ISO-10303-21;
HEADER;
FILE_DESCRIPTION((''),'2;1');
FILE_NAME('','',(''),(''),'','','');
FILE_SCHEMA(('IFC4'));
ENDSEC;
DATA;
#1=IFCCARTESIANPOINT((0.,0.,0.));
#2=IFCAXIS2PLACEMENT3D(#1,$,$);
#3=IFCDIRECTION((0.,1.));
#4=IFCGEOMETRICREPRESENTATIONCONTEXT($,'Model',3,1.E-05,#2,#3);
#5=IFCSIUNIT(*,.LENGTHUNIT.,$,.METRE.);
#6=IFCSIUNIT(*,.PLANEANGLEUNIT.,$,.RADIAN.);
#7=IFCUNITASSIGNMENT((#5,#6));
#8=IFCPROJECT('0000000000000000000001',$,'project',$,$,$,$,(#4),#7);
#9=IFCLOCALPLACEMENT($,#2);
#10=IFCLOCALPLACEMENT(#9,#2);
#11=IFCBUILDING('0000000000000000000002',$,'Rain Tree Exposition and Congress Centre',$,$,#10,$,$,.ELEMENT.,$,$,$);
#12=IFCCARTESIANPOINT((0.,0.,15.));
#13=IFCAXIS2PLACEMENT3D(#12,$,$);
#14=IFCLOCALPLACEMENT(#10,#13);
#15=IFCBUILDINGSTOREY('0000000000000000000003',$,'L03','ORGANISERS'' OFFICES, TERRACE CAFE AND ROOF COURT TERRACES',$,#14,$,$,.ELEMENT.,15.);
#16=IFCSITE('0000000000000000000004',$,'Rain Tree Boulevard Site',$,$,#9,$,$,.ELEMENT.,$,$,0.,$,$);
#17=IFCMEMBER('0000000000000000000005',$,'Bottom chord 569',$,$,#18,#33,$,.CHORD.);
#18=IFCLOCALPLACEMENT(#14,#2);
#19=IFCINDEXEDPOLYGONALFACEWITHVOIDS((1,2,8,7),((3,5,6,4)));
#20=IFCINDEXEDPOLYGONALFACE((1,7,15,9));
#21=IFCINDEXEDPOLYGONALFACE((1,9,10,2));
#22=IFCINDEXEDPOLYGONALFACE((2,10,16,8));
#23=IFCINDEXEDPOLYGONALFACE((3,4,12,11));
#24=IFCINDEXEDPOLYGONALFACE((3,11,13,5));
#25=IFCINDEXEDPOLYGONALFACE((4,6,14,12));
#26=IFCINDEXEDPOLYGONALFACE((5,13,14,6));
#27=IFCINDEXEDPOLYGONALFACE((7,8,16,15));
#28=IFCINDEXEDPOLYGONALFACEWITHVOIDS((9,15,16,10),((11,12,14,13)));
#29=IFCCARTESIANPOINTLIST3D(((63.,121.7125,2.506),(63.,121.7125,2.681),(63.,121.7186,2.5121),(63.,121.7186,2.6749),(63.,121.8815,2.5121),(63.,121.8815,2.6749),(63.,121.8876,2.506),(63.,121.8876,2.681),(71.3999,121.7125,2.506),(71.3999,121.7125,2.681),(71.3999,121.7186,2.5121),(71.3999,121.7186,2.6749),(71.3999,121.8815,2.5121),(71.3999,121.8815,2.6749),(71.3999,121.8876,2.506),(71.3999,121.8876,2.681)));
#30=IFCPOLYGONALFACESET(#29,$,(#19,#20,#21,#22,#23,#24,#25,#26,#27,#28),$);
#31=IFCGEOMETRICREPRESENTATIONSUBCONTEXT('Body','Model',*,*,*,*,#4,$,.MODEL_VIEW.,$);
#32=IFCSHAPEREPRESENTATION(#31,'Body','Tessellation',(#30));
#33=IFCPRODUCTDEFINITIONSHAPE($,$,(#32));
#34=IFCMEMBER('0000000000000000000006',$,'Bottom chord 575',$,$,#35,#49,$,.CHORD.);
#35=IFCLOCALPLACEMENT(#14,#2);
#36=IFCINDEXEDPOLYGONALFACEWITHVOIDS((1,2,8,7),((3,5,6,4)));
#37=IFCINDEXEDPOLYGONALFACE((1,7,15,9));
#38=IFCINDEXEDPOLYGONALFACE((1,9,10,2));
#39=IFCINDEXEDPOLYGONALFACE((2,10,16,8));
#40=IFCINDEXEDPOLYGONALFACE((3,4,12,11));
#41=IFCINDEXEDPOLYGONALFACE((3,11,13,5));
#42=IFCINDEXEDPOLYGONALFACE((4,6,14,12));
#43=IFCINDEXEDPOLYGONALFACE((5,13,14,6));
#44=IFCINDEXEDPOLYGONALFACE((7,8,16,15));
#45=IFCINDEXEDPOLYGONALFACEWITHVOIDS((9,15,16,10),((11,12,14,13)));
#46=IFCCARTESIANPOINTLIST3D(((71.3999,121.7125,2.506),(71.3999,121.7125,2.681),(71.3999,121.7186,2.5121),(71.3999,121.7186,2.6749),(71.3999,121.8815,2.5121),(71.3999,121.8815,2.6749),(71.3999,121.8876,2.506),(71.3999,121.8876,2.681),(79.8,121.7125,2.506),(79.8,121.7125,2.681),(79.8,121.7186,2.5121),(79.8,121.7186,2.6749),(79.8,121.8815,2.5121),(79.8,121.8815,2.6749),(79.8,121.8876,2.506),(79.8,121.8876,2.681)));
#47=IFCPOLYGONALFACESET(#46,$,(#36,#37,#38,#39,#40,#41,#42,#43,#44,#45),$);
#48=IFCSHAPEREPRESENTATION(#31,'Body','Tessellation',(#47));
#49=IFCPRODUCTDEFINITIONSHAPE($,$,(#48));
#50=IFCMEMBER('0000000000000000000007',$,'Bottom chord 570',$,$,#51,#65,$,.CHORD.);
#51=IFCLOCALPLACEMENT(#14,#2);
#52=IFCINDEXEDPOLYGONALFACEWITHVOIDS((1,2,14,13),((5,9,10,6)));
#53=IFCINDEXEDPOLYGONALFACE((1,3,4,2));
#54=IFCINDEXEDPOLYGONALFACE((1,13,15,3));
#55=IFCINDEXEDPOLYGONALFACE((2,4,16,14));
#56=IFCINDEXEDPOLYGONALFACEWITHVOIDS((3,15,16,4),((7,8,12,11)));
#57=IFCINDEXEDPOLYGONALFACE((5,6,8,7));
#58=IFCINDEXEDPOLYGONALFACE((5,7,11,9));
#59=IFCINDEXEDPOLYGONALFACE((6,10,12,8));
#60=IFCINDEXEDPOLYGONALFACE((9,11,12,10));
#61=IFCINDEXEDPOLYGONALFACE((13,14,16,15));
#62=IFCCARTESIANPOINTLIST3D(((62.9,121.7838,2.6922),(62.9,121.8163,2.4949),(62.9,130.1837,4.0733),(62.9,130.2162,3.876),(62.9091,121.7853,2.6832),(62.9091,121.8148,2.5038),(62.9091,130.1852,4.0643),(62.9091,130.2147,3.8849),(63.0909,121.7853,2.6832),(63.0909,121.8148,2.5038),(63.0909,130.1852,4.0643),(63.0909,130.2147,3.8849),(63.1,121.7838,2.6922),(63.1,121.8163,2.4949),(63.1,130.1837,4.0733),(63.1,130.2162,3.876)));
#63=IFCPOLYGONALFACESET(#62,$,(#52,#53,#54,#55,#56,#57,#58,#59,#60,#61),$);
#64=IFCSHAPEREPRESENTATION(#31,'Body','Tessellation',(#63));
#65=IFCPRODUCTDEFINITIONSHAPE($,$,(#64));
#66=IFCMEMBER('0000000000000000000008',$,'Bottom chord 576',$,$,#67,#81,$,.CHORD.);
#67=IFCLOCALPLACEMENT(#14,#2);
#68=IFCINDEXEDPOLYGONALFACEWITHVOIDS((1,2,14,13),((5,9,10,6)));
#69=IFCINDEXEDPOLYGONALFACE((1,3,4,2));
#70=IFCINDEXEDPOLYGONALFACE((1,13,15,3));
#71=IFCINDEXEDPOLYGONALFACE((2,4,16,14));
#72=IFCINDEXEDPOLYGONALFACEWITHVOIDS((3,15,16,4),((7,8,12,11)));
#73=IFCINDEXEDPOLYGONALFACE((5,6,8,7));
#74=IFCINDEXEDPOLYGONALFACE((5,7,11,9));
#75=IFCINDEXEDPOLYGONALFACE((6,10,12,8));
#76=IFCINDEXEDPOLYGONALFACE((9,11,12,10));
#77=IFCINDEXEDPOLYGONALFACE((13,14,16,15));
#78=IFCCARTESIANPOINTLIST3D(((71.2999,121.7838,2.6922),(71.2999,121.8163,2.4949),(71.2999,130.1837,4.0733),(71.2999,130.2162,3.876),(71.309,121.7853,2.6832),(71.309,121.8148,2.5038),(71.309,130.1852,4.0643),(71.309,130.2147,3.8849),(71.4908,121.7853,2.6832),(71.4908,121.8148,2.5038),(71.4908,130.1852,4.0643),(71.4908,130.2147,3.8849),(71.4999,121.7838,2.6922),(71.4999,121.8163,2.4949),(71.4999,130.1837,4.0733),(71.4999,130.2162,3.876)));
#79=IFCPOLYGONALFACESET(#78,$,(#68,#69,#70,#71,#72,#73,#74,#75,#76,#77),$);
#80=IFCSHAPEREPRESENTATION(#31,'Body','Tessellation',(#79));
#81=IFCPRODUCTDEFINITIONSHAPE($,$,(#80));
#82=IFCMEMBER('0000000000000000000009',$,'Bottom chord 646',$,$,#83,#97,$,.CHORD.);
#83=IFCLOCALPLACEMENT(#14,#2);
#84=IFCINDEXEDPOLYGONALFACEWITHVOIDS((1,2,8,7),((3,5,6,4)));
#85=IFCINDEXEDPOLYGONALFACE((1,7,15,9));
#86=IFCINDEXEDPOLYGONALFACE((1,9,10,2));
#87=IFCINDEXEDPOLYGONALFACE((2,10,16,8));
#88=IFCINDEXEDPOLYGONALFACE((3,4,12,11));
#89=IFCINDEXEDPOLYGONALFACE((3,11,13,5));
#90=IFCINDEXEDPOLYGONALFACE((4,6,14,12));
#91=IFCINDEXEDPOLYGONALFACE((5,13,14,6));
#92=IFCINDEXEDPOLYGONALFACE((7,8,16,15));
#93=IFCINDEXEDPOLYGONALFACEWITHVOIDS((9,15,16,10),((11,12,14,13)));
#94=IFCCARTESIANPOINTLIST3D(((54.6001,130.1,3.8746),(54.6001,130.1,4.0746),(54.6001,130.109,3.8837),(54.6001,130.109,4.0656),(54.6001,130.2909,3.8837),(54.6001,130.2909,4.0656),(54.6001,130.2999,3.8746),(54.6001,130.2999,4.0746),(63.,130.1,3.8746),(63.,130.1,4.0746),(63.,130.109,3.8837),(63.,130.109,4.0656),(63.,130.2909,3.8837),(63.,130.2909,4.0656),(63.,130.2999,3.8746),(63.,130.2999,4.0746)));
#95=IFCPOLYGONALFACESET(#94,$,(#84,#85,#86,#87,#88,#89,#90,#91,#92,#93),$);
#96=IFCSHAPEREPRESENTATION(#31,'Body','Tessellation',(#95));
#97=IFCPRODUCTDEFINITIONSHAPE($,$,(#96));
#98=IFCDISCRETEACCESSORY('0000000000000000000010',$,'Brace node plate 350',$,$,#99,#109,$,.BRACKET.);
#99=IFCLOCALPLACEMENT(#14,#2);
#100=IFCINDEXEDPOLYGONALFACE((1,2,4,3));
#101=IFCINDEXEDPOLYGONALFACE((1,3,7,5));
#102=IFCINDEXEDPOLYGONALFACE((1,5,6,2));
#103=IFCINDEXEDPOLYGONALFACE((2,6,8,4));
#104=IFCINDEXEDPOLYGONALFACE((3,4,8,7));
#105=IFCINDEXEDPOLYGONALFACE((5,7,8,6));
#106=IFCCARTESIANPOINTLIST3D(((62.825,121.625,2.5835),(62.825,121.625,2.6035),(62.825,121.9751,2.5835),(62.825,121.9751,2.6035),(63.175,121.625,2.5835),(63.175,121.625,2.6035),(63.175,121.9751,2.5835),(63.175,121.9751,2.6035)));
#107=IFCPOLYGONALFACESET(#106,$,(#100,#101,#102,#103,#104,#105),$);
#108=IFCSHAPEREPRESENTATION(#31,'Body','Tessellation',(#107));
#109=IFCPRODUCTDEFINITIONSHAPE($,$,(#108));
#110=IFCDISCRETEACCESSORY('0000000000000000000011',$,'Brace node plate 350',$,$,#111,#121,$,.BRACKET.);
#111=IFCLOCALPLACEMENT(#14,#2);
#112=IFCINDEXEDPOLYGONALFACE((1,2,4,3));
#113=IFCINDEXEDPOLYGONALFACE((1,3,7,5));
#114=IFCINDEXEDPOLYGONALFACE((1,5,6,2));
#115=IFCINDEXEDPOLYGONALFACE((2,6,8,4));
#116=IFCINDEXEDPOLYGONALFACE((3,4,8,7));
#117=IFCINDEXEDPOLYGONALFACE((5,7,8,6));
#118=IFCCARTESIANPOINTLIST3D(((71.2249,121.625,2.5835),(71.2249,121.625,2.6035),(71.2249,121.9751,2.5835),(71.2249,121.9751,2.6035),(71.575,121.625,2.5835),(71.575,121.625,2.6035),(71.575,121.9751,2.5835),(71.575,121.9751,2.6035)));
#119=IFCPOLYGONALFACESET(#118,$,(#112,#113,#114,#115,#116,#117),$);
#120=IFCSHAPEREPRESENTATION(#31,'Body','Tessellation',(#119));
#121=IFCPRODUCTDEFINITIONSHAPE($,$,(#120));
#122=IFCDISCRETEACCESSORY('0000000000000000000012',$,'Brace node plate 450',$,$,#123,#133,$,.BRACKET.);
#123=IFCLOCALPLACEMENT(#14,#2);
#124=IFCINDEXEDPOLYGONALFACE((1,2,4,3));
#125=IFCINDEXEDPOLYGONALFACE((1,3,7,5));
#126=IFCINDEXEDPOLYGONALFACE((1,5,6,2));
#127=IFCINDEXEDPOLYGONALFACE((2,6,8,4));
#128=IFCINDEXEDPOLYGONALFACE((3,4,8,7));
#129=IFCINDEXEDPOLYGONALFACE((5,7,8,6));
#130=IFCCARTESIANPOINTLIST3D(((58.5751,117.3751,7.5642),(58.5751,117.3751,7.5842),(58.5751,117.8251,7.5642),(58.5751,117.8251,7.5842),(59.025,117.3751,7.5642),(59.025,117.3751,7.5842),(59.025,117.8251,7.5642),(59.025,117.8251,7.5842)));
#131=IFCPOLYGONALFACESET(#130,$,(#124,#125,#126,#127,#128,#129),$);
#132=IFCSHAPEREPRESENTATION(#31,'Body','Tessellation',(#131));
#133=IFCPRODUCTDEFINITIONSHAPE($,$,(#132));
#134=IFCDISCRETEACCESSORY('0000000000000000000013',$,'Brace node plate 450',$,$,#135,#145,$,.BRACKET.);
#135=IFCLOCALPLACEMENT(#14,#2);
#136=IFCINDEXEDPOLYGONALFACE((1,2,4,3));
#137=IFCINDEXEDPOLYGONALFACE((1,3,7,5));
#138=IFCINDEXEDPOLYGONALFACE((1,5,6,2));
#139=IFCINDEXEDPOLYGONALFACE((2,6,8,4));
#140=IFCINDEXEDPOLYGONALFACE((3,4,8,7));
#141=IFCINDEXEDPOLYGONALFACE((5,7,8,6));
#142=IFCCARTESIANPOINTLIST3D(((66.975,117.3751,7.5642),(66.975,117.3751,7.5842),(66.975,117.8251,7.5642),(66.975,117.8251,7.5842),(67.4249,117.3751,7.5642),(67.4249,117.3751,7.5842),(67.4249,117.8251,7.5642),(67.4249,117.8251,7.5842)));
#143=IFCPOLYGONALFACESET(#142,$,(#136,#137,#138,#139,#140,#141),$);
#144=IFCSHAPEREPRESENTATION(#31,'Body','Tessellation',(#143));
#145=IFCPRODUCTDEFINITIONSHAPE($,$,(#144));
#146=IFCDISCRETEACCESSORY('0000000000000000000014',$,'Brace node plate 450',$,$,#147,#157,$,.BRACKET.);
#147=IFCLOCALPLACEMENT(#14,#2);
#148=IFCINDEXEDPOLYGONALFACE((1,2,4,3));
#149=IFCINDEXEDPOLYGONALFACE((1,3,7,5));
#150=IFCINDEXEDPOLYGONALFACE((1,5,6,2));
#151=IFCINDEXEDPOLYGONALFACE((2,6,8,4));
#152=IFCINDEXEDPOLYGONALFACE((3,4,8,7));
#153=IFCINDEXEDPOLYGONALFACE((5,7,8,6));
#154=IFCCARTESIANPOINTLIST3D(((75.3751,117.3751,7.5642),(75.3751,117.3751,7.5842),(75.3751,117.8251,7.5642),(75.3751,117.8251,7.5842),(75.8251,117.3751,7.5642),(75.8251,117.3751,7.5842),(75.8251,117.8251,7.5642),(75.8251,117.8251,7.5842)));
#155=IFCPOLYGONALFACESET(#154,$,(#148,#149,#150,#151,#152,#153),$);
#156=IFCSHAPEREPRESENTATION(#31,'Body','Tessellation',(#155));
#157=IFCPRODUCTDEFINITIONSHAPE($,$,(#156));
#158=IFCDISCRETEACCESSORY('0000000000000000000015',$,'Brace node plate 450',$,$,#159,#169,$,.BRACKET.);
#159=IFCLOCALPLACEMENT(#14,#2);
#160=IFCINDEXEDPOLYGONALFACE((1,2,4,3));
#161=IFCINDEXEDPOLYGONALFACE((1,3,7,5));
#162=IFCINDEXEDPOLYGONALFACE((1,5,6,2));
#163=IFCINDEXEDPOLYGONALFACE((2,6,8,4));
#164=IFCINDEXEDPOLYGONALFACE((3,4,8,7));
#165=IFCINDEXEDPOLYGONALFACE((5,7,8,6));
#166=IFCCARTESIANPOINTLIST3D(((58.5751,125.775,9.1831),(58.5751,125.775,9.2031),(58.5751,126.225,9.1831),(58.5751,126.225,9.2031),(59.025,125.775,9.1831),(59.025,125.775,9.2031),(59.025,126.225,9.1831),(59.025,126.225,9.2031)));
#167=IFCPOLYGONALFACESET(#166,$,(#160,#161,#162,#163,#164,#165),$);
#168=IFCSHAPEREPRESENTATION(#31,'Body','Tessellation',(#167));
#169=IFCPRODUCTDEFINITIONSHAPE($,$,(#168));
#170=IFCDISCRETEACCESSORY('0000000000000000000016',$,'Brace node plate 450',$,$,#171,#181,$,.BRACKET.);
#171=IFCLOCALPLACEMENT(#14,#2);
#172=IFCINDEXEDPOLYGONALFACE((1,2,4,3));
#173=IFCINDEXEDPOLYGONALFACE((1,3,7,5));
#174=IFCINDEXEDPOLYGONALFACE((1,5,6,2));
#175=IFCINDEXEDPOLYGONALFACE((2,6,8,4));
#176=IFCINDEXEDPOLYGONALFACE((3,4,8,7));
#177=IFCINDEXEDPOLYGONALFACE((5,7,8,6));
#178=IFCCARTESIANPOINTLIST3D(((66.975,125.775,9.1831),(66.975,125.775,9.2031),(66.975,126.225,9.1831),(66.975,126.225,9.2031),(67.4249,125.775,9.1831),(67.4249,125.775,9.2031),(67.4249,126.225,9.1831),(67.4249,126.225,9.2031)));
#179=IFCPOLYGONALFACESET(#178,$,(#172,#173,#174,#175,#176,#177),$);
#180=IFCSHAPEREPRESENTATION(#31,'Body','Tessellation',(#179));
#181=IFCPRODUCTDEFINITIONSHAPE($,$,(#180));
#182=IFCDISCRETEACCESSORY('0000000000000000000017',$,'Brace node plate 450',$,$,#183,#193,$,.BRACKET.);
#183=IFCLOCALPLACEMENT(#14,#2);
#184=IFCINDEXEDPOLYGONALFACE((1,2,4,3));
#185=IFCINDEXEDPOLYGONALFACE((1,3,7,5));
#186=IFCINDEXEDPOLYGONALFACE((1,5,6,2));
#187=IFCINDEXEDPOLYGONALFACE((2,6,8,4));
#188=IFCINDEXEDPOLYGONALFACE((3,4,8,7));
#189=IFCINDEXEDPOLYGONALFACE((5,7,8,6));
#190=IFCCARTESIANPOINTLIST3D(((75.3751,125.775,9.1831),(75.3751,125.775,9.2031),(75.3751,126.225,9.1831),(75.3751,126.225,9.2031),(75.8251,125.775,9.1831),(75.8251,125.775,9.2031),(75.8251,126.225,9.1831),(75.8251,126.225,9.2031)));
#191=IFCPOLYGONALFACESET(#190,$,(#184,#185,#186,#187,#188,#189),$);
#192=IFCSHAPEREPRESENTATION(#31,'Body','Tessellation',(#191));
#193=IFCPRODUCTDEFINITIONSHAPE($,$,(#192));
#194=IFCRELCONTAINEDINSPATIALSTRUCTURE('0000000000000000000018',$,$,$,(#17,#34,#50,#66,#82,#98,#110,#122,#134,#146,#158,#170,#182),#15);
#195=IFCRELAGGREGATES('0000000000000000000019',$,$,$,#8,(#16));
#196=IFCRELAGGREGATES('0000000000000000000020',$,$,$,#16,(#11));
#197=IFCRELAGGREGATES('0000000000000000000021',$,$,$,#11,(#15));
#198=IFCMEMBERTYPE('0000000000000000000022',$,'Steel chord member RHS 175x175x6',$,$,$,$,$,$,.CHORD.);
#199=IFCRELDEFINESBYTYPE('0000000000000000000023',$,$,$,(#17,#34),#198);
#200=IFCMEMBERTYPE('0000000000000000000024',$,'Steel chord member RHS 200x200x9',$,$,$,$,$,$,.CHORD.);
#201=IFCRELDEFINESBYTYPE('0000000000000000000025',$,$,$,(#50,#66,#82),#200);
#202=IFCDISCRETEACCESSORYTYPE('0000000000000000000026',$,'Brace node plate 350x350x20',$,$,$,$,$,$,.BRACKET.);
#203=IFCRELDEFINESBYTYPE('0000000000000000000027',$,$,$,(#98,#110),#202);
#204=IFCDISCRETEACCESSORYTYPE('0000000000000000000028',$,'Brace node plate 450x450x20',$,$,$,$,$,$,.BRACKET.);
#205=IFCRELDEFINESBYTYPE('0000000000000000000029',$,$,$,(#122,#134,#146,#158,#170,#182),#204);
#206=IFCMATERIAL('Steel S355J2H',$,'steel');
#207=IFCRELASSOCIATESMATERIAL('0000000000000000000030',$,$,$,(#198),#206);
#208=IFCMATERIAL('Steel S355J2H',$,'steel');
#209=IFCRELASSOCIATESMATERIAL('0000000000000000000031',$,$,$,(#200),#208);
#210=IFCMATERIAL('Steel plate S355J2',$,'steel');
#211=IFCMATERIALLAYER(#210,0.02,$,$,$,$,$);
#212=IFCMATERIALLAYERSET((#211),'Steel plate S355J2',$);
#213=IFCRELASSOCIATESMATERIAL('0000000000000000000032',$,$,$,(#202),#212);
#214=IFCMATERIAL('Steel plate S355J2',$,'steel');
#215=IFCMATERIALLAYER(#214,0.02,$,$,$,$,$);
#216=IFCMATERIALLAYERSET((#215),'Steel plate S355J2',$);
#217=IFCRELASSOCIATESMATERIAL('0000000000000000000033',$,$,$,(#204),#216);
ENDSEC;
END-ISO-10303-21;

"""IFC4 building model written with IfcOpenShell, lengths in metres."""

from ifc_helpers import new_model, si_unit, direction, frame, origin, origin_2d, place, context, subcontext, project, spatial, rectangle, hollow_rectangle, extrude, material, layer, layer_set, material_profile, profile_set, type_object, element, save


model = new_model("IFC4")

# Units and contexts
model_context = context("Model", 3, precision=1e-05, world=origin(), true_north=direction((0.0, 1.0)))
body_context = subcontext(model_context, "Body", "Model", "MODEL_VIEW")
ifc_project = project(units=[si_unit("LENGTHUNIT", "METRE"), si_unit("PLANEANGLEUNIT", "RADIAN")], contexts=[model_context])

# Site, building, storey
site_placement = place(None, origin())
site = spatial("IfcSite", under=ifc_project, at=site_placement, Name="Rain Tree Boulevard Site", CompositionType="ELEMENT", RefElevation=0.0)
building_placement = place(site_placement, origin())
building = spatial("IfcBuilding", under=site, at=building_placement, Name="Rain Tree Exposition and Congress Centre", CompositionType="ELEMENT")
storey_placement = place(building_placement, frame((0.0, 0.0, 15.0)))
storey = spatial("IfcBuildingStorey", under=building, at=storey_placement, Name="L03", Description="ORGANISERS' OFFICES, TERRACE CAFE AND ROOF COURT TERRACES", CompositionType="ELEMENT", Elevation=15.0)

# Members
ifc_material_1 = material(Name="Steel S355J2H", Category="steel")
ifc_material_profile_1 = material_profile(ifc_material_1, hollow_rectangle(XDim=0.175, YDim=0.175, WallThickness=0.0061, at=origin_2d()), Name="RHS 175x175x6")
ifc_profile_set_1 = profile_set([ifc_material_profile_1], Name="Steel S355J2H")
member_type_1 = type_object("IfcMemberType", Name="Steel chord member RHS 175x175x6", PredefinedType="CHORD", material=ifc_profile_set_1)
member_1_placement = place(storey_placement, frame((63.0, 121.8, 2.5935), z_axis=(1.0, 0.0, 0.0), x_axis=(0.0, 1.0, 0.0)))
element("IfcMember", 1, at=member_1_placement, inside=storey, type_object=member_type_1, Name="Bottom chord 569", PredefinedType="CHORD", context=body_context, shape_type="SweptSolid", body=[
    extrude(hollow_rectangle(XDim=0.175, YDim=0.175, WallThickness=0.0061, at=origin_2d()), origin(), (0.0, 0.0, 1.0), 8.3999),
])
member_2_placement = place(storey_placement, frame((71.3999, 121.8, 2.5935), z_axis=(1.0, 0.0, 0.0), x_axis=(0.0, 1.0, 0.0)))
element("IfcMember", 2, at=member_2_placement, inside=storey, type_object=member_type_1, Name="Bottom chord 575", PredefinedType="CHORD", context=body_context, shape_type="SweptSolid", body=[
    extrude(hollow_rectangle(XDim=0.175, YDim=0.175, WallThickness=0.0061, at=origin_2d()), origin(), (0.0, 0.0, 1.0), 8.4001),
])
ifc_material_2 = material(Name="Steel S355J2H", Category="steel")
ifc_material_profile_2 = material_profile(ifc_material_2, hollow_rectangle(XDim=0.2, YDim=0.2, WallThickness=0.009, at=origin_2d()), Name="RHS 200x200x9")
ifc_profile_set_2 = profile_set([ifc_material_profile_2], Name="Steel S355J2H")
member_type_2 = type_object("IfcMemberType", Name="Steel chord member RHS 200x200x9", PredefinedType="CHORD", material=ifc_profile_set_2)
for number, where, z_axis, x_axis, name in (
    (3, (63.0, 121.8, 2.5935), (0.0, 0.986751, 0.162241), (-1.0, 0.0, 0.0), "Bottom chord 570"),
    (4, (71.3999, 121.8, 2.5935), (0.0, 0.986751, 0.162241), (-1.0, 0.0, 0.0), "Bottom chord 576"),
):
    element("IfcMember", number, at=place(storey_placement, frame(where, z_axis=z_axis, x_axis=x_axis)), inside=storey, type_object=member_type_2, Name=name, PredefinedType="CHORD", context=body_context, shape_type="SweptSolid", body=[
        extrude(hollow_rectangle(XDim=0.2, YDim=0.2, WallThickness=0.009, at=origin_2d()), origin(), (0.0, 0.0, 1.0), 8.5127),
    ])
member_3_placement = place(storey_placement, frame((54.6001, 130.2, 3.9746), z_axis=(1.0, 0.0, 0.0), x_axis=(0.0, 1.0, 0.0)))
element("IfcMember", 5, at=member_3_placement, inside=storey, type_object=member_type_2, Name="Bottom chord 646", PredefinedType="CHORD", context=body_context, shape_type="SweptSolid", body=[
    extrude(hollow_rectangle(XDim=0.2, YDim=0.2, WallThickness=0.009, at=origin_2d()), origin(), (0.0, 0.0, 1.0), 8.3999),
])

# Discrete accessories
ifc_material_3 = material(Name="Steel plate S355J2", Category="steel")
ifc_layer_1 = layer(ifc_material_3, 0.02)
ifc_layer_set_1 = layer_set([ifc_layer_1], Name="Steel plate S355J2")
discrete_accessory_type_1 = type_object("IfcDiscreteAccessoryType", Name="Brace node plate 350x350x20", PredefinedType="BRACKET", material=ifc_layer_set_1)
for number, where, z_axis, x_axis, name in (
    (6, (63.0, 121.8, 2.5835), (0.0, 0.0, 1.0), (1.0, 0.0, 0.0), "Brace node plate 350"),
    (7, (71.3999, 121.8, 2.5835), (0.0, 0.0, 1.0), (1.0, 0.0, 0.0), "Brace node plate 350"),
):
    element("IfcDiscreteAccessory", number, at=place(storey_placement, frame(where, z_axis=z_axis, x_axis=x_axis)), inside=storey, type_object=discrete_accessory_type_1, Name=name, PredefinedType="BRACKET", context=body_context, shape_type="SweptSolid", body=[
        extrude(rectangle(XDim=0.3501, YDim=0.3501, at=origin_2d()), origin(), (0.0, 0.0, 1.0), 0.02),
    ])
ifc_material_4 = material(Name="Steel plate S355J2", Category="steel")
ifc_layer_2 = layer(ifc_material_4, 0.02)
ifc_layer_set_2 = layer_set([ifc_layer_2], Name="Steel plate S355J2")
discrete_accessory_type_2 = type_object("IfcDiscreteAccessoryType", Name="Brace node plate 450x450x20", PredefinedType="BRACKET", material=ifc_layer_set_2)
for number, where, z_axis, x_axis, name in (
    (8, (58.8, 117.6001, 7.5642), (0.0, 0.0, 1.0), (1.0, 0.0, 0.0), "Brace node plate 450"),
    (9, (67.2, 117.6001, 7.5642), (0.0, 0.0, 1.0), (1.0, 0.0, 0.0), "Brace node plate 450"),
    (10, (75.6001, 117.6001, 7.5642), (0.0, 0.0, 1.0), (1.0, 0.0, 0.0), "Brace node plate 450"),
    (11, (58.8, 126.0, 9.1831), (0.0, 0.0, 1.0), (1.0, 0.0, 0.0), "Brace node plate 450"),
    (12, (67.2, 126.0, 9.1831), (0.0, 0.0, 1.0), (1.0, 0.0, 0.0), "Brace node plate 450"),
    (13, (75.6001, 126.0, 9.1831), (0.0, 0.0, 1.0), (1.0, 0.0, 0.0), "Brace node plate 450"),
):
    element("IfcDiscreteAccessory", number, at=place(storey_placement, frame(where, z_axis=z_axis, x_axis=x_axis)), inside=storey, type_object=discrete_accessory_type_2, Name=name, PredefinedType="BRACKET", context=body_context, shape_type="SweptSolid", body=[
        extrude(rectangle(XDim=0.45, YDim=0.45, at=origin_2d()), origin(), (0.0, 0.0, 1.0), 0.02),
    ])

save(model, "model.ifc")
